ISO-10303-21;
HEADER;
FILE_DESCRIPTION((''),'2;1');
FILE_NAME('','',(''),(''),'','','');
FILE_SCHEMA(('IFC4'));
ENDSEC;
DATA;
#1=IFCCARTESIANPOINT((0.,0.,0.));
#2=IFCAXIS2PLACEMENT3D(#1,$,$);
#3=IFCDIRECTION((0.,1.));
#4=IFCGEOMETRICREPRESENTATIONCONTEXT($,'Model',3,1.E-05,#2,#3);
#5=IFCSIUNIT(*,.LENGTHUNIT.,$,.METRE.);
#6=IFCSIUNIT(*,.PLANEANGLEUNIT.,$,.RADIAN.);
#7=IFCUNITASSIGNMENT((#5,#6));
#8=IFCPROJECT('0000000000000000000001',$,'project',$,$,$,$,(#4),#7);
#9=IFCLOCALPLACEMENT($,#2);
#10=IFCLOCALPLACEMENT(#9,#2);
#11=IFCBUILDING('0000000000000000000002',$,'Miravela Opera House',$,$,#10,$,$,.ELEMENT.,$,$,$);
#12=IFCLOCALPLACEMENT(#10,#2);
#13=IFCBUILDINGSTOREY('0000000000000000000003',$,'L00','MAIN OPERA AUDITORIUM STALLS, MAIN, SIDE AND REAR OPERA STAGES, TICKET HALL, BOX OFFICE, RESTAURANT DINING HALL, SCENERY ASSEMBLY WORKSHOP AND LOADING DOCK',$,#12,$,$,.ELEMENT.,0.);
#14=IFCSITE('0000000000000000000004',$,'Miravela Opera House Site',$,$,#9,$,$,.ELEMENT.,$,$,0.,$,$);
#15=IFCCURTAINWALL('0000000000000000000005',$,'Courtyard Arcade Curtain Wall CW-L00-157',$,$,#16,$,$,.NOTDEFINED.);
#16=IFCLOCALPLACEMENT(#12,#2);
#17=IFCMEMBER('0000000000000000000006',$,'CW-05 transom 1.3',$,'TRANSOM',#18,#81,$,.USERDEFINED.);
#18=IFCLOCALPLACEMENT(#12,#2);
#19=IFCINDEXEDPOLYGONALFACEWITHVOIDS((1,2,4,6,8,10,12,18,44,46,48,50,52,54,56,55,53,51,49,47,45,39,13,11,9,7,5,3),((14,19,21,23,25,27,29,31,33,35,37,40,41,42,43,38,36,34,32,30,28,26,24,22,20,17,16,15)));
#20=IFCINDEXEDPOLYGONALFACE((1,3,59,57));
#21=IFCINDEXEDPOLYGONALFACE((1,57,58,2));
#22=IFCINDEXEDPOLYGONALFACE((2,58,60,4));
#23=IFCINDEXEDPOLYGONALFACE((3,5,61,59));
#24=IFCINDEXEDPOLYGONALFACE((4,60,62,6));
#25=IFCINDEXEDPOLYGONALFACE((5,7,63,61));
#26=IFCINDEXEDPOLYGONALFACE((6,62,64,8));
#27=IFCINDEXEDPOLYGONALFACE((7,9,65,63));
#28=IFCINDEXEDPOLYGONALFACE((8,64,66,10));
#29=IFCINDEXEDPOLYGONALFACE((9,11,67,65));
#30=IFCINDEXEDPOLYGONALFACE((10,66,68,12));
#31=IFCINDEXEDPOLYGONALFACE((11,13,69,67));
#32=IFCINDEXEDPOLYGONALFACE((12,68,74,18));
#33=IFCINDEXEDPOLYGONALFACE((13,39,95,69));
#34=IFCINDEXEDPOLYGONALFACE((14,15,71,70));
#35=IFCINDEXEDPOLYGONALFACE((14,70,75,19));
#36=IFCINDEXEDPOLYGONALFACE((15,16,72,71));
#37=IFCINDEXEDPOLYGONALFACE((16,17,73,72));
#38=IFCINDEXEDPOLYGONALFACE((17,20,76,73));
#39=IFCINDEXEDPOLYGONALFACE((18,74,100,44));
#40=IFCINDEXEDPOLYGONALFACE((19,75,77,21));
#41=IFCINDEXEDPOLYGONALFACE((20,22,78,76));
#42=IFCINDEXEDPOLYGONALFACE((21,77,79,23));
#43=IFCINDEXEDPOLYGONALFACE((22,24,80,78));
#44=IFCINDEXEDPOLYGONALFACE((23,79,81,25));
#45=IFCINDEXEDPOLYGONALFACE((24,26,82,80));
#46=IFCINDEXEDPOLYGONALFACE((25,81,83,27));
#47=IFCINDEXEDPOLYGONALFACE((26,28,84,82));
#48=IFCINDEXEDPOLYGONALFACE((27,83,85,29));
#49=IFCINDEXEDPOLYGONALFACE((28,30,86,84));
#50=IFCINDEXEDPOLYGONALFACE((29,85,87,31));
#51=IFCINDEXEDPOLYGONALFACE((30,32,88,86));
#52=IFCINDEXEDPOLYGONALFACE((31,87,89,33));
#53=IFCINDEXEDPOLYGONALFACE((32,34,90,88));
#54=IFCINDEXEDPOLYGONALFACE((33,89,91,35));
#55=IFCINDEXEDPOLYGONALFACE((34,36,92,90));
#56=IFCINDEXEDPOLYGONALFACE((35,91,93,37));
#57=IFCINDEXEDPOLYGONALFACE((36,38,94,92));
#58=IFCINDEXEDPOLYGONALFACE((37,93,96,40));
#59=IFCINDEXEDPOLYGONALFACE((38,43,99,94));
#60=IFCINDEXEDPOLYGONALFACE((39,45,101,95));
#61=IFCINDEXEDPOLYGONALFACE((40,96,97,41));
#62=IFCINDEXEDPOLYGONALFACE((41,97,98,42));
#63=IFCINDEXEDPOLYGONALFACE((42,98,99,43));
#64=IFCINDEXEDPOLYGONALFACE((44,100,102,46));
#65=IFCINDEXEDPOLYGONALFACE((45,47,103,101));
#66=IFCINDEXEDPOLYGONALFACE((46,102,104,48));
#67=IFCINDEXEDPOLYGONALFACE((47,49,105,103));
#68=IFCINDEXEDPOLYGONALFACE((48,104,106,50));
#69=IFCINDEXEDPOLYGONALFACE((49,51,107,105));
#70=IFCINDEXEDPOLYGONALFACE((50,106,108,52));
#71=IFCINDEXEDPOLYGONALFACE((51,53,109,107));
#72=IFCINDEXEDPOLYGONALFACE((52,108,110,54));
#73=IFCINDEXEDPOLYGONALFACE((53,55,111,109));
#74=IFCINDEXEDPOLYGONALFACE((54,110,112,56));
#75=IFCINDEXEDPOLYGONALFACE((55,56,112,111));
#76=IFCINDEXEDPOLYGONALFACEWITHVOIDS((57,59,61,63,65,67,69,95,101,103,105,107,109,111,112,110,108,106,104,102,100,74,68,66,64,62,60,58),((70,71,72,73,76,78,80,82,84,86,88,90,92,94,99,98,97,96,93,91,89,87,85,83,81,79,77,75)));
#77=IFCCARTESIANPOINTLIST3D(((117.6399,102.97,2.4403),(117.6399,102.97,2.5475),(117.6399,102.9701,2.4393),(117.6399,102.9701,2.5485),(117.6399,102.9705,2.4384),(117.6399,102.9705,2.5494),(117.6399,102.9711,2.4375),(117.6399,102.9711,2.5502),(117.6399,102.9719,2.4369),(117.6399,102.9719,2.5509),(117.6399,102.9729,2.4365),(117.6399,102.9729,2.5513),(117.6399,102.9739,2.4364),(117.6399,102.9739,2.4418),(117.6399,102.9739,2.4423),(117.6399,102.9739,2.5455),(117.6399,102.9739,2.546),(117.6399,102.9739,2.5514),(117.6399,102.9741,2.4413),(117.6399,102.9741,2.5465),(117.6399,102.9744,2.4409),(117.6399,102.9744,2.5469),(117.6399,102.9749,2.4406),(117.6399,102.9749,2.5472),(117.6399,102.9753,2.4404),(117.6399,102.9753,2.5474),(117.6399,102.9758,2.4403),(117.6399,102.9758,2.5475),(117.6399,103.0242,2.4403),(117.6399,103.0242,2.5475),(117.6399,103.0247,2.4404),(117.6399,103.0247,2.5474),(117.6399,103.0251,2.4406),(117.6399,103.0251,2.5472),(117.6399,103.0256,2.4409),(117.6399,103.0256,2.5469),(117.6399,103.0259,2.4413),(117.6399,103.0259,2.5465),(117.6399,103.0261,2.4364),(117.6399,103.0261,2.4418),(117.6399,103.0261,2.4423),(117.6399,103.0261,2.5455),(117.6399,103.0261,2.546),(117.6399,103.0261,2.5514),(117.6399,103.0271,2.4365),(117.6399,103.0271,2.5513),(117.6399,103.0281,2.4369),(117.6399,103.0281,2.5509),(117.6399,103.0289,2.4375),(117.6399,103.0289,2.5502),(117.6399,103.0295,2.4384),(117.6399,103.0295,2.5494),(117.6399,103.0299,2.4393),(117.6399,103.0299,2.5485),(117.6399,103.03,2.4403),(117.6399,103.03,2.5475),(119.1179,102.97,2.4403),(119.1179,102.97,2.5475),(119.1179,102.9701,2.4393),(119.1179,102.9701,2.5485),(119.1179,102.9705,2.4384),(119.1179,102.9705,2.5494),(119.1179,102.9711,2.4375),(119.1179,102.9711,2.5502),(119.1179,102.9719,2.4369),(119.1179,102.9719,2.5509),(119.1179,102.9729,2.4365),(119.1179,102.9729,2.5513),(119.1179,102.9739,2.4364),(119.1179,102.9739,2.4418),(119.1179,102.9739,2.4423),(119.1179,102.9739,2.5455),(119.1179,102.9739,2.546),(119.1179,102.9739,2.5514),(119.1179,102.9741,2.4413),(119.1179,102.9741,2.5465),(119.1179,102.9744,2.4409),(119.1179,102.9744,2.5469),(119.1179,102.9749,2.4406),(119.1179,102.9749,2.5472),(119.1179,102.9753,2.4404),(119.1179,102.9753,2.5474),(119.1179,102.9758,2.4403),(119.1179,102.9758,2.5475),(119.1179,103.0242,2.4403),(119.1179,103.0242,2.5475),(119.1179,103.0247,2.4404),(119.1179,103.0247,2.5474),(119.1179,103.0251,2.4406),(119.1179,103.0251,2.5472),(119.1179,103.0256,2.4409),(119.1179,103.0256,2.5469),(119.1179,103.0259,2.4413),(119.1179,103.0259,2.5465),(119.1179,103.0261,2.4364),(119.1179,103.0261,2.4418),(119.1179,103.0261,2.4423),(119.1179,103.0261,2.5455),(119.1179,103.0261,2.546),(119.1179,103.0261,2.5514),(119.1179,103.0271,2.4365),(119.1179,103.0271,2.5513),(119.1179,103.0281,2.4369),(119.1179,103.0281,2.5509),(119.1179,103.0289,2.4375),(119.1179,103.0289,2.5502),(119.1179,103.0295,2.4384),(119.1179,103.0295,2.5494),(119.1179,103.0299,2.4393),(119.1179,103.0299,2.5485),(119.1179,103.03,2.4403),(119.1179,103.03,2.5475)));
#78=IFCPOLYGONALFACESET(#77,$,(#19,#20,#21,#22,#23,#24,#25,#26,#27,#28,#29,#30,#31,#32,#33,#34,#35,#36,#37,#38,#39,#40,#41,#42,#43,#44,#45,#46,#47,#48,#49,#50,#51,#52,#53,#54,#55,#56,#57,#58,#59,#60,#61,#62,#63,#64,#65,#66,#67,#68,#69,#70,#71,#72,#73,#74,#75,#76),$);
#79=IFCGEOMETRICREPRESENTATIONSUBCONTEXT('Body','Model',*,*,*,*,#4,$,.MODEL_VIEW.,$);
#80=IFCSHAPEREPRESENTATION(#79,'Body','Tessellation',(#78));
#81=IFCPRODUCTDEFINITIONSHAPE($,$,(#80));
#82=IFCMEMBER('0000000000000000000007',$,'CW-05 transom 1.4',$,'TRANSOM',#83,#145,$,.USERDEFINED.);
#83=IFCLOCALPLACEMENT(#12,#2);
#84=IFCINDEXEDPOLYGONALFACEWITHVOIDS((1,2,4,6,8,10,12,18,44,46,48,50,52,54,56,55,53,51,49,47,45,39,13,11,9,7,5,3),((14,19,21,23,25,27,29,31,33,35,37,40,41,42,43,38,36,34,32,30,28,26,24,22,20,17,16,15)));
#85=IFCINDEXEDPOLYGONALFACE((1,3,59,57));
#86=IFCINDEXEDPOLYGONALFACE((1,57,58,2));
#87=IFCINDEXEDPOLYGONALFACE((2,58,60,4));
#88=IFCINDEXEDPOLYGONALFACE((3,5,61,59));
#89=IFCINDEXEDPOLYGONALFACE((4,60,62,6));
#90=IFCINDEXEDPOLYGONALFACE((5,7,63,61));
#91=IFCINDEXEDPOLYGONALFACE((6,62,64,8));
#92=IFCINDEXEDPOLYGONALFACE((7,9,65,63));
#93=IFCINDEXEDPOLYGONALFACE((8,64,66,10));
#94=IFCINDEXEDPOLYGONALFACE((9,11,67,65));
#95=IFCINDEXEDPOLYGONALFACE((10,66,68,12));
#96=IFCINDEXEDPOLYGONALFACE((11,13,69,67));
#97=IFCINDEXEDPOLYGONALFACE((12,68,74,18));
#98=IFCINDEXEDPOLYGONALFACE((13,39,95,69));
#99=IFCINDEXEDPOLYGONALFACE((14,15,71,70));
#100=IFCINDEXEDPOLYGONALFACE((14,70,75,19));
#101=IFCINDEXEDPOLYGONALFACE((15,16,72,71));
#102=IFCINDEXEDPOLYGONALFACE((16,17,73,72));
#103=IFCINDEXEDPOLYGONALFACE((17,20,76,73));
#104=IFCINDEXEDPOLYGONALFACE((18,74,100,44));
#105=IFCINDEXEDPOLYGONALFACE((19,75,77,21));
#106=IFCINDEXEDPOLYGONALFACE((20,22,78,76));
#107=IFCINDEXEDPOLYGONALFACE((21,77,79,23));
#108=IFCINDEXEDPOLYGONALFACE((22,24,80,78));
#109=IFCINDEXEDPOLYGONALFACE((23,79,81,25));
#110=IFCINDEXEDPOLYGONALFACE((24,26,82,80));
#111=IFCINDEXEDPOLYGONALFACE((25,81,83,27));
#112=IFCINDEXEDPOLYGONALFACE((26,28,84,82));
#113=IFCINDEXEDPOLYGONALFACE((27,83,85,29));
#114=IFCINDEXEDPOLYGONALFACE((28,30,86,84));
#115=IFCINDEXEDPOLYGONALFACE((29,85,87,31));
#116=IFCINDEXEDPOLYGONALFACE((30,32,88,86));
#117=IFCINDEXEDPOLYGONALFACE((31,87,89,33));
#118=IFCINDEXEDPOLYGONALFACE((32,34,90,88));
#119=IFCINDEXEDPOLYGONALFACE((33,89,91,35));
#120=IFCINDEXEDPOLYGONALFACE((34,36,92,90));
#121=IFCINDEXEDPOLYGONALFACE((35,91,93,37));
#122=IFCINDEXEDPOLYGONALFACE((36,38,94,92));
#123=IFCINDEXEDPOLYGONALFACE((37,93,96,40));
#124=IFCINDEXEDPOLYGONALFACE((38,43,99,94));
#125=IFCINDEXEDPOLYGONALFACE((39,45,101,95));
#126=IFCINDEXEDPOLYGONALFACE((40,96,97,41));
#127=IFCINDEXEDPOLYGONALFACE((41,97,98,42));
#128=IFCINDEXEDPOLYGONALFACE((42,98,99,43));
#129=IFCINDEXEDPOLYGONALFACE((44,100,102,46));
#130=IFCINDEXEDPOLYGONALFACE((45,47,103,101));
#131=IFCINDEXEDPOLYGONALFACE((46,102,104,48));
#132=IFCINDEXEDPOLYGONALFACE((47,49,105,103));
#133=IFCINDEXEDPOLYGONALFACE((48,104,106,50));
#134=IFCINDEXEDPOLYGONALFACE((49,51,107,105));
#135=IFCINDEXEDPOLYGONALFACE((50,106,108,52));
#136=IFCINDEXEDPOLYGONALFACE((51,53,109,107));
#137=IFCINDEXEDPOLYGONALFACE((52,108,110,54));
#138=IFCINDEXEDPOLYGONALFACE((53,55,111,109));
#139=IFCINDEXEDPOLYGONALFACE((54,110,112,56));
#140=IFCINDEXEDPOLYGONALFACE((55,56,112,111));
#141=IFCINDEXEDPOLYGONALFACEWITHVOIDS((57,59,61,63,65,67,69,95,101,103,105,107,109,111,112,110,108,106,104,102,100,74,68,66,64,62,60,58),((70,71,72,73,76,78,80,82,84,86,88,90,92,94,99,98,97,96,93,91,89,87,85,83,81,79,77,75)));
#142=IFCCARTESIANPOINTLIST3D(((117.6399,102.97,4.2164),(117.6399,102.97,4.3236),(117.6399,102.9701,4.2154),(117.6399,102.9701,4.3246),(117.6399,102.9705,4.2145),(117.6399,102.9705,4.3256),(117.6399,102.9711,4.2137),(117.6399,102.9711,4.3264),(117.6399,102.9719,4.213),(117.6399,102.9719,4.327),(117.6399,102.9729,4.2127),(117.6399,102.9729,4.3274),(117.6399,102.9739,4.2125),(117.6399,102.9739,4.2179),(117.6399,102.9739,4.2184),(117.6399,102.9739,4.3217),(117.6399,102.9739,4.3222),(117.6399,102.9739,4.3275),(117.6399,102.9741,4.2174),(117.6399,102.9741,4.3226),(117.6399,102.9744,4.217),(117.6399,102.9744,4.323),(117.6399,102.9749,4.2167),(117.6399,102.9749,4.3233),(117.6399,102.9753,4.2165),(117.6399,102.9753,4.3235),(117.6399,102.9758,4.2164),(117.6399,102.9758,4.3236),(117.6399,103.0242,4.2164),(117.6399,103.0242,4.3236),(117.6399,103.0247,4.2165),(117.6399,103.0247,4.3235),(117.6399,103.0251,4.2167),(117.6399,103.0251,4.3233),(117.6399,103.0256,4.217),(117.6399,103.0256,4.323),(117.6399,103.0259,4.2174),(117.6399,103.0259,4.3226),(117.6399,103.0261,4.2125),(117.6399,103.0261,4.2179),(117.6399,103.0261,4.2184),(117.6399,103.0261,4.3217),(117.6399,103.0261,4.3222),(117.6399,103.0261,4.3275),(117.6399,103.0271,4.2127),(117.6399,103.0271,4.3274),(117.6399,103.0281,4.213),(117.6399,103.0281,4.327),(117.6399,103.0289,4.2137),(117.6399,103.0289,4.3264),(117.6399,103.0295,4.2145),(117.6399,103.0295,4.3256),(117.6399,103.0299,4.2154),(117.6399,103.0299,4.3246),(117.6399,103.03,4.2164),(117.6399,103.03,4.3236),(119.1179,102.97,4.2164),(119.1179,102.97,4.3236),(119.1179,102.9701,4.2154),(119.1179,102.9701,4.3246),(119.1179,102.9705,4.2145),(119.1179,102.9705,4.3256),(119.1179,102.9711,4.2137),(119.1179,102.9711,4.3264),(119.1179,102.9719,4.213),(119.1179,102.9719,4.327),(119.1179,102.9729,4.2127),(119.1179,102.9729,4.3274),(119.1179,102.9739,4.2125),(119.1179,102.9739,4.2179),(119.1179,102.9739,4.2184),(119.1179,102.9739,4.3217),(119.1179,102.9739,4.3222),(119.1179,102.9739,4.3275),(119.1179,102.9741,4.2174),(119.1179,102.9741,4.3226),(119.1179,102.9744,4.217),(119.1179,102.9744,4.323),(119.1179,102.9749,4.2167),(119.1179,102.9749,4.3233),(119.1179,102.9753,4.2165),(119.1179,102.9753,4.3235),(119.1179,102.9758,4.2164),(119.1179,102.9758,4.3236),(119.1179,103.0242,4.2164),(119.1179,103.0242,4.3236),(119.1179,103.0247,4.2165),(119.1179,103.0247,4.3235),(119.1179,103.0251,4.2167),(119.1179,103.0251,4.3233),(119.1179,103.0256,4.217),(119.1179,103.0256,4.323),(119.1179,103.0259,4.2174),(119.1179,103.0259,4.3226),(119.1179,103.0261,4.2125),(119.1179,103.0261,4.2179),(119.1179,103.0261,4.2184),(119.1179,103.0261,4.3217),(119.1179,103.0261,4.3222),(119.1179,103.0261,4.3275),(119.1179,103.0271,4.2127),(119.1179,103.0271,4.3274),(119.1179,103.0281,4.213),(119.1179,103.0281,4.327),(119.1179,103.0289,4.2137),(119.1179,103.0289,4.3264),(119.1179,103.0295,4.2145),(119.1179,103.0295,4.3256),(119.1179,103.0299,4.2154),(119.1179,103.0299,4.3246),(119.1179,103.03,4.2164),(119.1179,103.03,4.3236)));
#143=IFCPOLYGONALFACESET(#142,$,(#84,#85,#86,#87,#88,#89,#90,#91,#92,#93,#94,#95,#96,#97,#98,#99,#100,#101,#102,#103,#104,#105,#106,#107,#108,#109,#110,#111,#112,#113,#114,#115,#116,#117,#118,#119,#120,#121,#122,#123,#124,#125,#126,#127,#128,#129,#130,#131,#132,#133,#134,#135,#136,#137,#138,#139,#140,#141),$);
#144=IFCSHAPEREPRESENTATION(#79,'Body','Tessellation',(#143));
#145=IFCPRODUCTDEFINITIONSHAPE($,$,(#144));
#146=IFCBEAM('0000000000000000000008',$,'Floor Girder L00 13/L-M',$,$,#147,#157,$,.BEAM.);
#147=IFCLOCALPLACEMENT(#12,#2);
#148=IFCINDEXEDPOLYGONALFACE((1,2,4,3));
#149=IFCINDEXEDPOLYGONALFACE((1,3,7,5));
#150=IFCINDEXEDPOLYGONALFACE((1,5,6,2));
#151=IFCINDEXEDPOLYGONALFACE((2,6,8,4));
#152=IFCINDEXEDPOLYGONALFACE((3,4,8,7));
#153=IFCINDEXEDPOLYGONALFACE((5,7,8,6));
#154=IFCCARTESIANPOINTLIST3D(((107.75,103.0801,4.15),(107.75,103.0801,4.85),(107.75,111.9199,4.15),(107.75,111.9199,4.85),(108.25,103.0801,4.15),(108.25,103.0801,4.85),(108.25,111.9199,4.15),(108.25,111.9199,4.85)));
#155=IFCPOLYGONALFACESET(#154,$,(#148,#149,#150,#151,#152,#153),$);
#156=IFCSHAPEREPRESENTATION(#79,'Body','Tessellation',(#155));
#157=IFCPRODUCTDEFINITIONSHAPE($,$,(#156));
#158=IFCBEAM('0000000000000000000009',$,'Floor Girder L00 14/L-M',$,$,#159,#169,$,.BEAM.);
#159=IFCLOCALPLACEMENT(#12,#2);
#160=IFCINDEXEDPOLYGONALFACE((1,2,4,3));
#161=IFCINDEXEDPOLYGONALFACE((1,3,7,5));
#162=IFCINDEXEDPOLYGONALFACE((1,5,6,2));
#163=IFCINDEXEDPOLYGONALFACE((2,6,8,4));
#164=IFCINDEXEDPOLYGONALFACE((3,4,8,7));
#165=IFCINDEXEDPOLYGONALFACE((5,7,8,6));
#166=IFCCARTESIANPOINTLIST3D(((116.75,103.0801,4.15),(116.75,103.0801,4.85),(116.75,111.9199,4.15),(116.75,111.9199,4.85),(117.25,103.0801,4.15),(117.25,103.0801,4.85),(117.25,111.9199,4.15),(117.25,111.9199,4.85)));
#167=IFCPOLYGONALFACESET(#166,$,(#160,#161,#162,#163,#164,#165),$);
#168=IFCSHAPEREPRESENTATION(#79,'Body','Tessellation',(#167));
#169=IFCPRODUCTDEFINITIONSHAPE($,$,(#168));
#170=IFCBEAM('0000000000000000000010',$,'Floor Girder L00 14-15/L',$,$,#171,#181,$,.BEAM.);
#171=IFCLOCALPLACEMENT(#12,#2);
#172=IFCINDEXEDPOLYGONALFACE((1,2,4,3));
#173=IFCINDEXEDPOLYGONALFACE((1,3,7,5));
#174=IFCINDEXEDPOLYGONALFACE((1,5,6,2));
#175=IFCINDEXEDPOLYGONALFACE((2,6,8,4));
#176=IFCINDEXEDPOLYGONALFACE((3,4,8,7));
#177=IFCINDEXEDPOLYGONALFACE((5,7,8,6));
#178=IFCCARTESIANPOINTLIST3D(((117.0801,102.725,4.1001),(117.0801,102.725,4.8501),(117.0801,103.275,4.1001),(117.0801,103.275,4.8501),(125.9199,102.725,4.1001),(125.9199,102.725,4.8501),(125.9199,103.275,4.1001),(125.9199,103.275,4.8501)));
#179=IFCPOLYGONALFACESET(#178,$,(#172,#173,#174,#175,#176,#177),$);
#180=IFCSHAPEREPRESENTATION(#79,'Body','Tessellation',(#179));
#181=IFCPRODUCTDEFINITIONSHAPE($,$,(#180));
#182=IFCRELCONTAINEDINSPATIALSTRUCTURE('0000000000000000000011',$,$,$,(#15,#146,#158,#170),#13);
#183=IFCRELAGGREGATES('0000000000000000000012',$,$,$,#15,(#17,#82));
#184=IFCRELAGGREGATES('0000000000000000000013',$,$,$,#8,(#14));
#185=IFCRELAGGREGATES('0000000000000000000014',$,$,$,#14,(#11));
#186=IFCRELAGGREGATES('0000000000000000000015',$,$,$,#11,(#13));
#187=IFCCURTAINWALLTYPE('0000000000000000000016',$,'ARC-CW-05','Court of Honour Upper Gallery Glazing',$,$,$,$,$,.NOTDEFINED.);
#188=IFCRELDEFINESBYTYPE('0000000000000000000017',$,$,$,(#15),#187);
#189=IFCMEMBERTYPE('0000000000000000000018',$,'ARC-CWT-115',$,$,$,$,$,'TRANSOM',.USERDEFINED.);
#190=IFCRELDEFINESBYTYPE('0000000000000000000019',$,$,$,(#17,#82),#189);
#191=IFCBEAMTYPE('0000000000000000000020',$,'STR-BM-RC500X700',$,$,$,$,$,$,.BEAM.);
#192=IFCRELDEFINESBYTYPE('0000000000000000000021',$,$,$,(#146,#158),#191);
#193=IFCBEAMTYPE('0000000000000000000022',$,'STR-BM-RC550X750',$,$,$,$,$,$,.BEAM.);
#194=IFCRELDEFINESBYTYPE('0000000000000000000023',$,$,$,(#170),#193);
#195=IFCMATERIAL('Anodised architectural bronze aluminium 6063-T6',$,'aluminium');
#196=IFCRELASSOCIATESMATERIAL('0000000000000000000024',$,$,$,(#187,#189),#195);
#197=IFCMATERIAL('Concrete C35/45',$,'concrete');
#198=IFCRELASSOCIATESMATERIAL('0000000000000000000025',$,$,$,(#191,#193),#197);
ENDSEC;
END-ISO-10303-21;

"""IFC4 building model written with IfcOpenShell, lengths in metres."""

from ifc_helpers import new_model, si_unit, direction, frame, origin, origin_2d, place, context, subcontext, project, spatial, rectangle, hollow_rectangle, extrude, material, material_profile, profile_set, type_object, element, aggregate, save


model = new_model("IFC4")

# Units and contexts
model_context = context("Model", 3, precision=1e-05, world=origin(), true_north=direction((0.0, 1.0)))
body_context = subcontext(model_context, "Body", "Model", "MODEL_VIEW")
ifc_project = project(units=[si_unit("LENGTHUNIT", "METRE"), si_unit("PLANEANGLEUNIT", "RADIAN")], contexts=[model_context])

# Site, building, storey
site_placement = place(None, origin())
site = spatial("IfcSite", under=ifc_project, at=site_placement, Name="Miravela Opera House Site", CompositionType="ELEMENT", RefElevation=0.0)
building_placement = place(site_placement, origin())
building = spatial("IfcBuilding", under=site, at=building_placement, Name="Miravela Opera House", CompositionType="ELEMENT")
storey_placement = place(building_placement, origin())
storey = spatial("IfcBuildingStorey", under=building, at=storey_placement, Name="L00", Description="MAIN OPERA AUDITORIUM STALLS, MAIN, SIDE AND REAR OPERA STAGES, TICKET HALL, BOX OFFICE, RESTAURANT DINING HALL, SCENERY ASSEMBLY WORKSHOP AND LOADING DOCK", CompositionType="ELEMENT", Elevation=0.0)

# Curtain wall, members
ifc_material_1 = material(Name="Anodised architectural bronze aluminium 6063-T6", Category="aluminium")
curtain_wall_type = type_object("IfcCurtainWallType", Name="ARC-CW-05", Description="Court of Honour Upper Gallery Glazing", PredefinedType="NOTDEFINED", material=ifc_material_1)
curtain_wall_placement = place(storey_placement, origin())
curtain_wall = element("IfcCurtainWall", 1, at=curtain_wall_placement, inside=storey, type_object=curtain_wall_type, Name="Courtyard Arcade Curtain Wall CW-L00-157", PredefinedType="NOTDEFINED")
ifc_material_profile_1 = material_profile(ifc_material_1, hollow_rectangle(XDim=0.0601, YDim=0.115, WallThickness=0.0039, InnerFilletRadius=0.002, OuterFilletRadius=0.0039, at=origin_2d()), Name="CWT-60X115")
ifc_profile_set_1 = profile_set([ifc_material_profile_1])
member_type_1 = type_object("IfcMemberType", Name="ARC-CWT-115", ElementType="TRANSOM", PredefinedType="USERDEFINED", material=ifc_profile_set_1)
member_1_placement = place(storey_placement, frame((117.6399, 103.0, 2.4939), z_axis=(1.0, 0.0, 0.0), x_axis=(0.0, 1.0, 0.0)))
member_1 = element("IfcMember", 2, at=member_1_placement, type_object=member_type_1, Name="CW-05 transom 1.3", ObjectType="TRANSOM", PredefinedType="USERDEFINED", context=body_context, shape_type="SweptSolid", body=[
    extrude(hollow_rectangle(XDim=0.0601, YDim=0.115, WallThickness=0.0039, InnerFilletRadius=0.002, OuterFilletRadius=0.0039, at=origin_2d()), origin(), (0.0, 0.0, 1.0), 1.478),
])
member_2_placement = place(storey_placement, frame((117.6399, 103.0, 4.27), z_axis=(1.0, 0.0, 0.0), x_axis=(0.0, 1.0, 0.0)))
member_2 = element("IfcMember", 3, at=member_2_placement, type_object=member_type_1, Name="CW-05 transom 1.4", ObjectType="TRANSOM", PredefinedType="USERDEFINED", context=body_context, shape_type="SweptSolid", body=[
    extrude(hollow_rectangle(XDim=0.0601, YDim=0.115, WallThickness=0.0039, InnerFilletRadius=0.002, OuterFilletRadius=0.0039, at=origin_2d()), origin(), (0.0, 0.0, 1.0), 1.478),
])

# Beams
ifc_material_2 = material(Name="Concrete C35/45", Category="concrete")
ifc_material_profile_2 = material_profile(ifc_material_2, rectangle(XDim=0.5, YDim=0.7, at=origin_2d()), Name="RC-BM-500X700")
ifc_profile_set_2 = profile_set([ifc_material_profile_2])
beam_type_1 = type_object("IfcBeamType", Name="STR-BM-RC500X700", PredefinedType="BEAM", material=ifc_profile_set_2)
for number, where, z_axis, x_axis, name in (
    (4, (108.0, 103.0801, 4.5), (0.0, 1.0, 0.0), (-1.0, 0.0, 0.0), "Floor Girder L00 13/L-M"),
    (5, (117.0, 103.0801, 4.5), (0.0, 1.0, 0.0), (-1.0, 0.0, 0.0), "Floor Girder L00 14/L-M"),
):
    element("IfcBeam", number, at=place(storey_placement, frame(where, z_axis=z_axis, x_axis=x_axis)), inside=storey, type_object=beam_type_1, Name=name, PredefinedType="BEAM", context=body_context, shape_type="SweptSolid", body=[
        extrude(rectangle(XDim=0.5, YDim=0.7, at=origin_2d()), origin(), (0.0, 0.0, 1.0), 8.8398),
    ])
ifc_material_profile_3 = material_profile(ifc_material_2, rectangle(XDim=0.55, YDim=0.75, at=origin_2d()), Name="RC-BM-550X750")
ifc_profile_set_3 = profile_set([ifc_material_profile_3])
beam_type_2 = type_object("IfcBeamType", Name="STR-BM-RC550X750", PredefinedType="BEAM", material=ifc_profile_set_3)
beam_1_placement = place(storey_placement, frame((117.0801, 103.0, 4.4751), z_axis=(1.0, 0.0, 0.0), x_axis=(0.0, 1.0, 0.0)))
element("IfcBeam", 6, at=beam_1_placement, inside=storey, type_object=beam_type_2, Name="Floor Girder L00 14-15/L", PredefinedType="BEAM", context=body_context, shape_type="SweptSolid", body=[
    extrude(rectangle(XDim=0.55, YDim=0.75, at=origin_2d()), origin(), (0.0, 0.0, 1.0), 8.8398),
])

aggregate(curtain_wall, [member_1, member_2])

save(model, "model.ifc")
